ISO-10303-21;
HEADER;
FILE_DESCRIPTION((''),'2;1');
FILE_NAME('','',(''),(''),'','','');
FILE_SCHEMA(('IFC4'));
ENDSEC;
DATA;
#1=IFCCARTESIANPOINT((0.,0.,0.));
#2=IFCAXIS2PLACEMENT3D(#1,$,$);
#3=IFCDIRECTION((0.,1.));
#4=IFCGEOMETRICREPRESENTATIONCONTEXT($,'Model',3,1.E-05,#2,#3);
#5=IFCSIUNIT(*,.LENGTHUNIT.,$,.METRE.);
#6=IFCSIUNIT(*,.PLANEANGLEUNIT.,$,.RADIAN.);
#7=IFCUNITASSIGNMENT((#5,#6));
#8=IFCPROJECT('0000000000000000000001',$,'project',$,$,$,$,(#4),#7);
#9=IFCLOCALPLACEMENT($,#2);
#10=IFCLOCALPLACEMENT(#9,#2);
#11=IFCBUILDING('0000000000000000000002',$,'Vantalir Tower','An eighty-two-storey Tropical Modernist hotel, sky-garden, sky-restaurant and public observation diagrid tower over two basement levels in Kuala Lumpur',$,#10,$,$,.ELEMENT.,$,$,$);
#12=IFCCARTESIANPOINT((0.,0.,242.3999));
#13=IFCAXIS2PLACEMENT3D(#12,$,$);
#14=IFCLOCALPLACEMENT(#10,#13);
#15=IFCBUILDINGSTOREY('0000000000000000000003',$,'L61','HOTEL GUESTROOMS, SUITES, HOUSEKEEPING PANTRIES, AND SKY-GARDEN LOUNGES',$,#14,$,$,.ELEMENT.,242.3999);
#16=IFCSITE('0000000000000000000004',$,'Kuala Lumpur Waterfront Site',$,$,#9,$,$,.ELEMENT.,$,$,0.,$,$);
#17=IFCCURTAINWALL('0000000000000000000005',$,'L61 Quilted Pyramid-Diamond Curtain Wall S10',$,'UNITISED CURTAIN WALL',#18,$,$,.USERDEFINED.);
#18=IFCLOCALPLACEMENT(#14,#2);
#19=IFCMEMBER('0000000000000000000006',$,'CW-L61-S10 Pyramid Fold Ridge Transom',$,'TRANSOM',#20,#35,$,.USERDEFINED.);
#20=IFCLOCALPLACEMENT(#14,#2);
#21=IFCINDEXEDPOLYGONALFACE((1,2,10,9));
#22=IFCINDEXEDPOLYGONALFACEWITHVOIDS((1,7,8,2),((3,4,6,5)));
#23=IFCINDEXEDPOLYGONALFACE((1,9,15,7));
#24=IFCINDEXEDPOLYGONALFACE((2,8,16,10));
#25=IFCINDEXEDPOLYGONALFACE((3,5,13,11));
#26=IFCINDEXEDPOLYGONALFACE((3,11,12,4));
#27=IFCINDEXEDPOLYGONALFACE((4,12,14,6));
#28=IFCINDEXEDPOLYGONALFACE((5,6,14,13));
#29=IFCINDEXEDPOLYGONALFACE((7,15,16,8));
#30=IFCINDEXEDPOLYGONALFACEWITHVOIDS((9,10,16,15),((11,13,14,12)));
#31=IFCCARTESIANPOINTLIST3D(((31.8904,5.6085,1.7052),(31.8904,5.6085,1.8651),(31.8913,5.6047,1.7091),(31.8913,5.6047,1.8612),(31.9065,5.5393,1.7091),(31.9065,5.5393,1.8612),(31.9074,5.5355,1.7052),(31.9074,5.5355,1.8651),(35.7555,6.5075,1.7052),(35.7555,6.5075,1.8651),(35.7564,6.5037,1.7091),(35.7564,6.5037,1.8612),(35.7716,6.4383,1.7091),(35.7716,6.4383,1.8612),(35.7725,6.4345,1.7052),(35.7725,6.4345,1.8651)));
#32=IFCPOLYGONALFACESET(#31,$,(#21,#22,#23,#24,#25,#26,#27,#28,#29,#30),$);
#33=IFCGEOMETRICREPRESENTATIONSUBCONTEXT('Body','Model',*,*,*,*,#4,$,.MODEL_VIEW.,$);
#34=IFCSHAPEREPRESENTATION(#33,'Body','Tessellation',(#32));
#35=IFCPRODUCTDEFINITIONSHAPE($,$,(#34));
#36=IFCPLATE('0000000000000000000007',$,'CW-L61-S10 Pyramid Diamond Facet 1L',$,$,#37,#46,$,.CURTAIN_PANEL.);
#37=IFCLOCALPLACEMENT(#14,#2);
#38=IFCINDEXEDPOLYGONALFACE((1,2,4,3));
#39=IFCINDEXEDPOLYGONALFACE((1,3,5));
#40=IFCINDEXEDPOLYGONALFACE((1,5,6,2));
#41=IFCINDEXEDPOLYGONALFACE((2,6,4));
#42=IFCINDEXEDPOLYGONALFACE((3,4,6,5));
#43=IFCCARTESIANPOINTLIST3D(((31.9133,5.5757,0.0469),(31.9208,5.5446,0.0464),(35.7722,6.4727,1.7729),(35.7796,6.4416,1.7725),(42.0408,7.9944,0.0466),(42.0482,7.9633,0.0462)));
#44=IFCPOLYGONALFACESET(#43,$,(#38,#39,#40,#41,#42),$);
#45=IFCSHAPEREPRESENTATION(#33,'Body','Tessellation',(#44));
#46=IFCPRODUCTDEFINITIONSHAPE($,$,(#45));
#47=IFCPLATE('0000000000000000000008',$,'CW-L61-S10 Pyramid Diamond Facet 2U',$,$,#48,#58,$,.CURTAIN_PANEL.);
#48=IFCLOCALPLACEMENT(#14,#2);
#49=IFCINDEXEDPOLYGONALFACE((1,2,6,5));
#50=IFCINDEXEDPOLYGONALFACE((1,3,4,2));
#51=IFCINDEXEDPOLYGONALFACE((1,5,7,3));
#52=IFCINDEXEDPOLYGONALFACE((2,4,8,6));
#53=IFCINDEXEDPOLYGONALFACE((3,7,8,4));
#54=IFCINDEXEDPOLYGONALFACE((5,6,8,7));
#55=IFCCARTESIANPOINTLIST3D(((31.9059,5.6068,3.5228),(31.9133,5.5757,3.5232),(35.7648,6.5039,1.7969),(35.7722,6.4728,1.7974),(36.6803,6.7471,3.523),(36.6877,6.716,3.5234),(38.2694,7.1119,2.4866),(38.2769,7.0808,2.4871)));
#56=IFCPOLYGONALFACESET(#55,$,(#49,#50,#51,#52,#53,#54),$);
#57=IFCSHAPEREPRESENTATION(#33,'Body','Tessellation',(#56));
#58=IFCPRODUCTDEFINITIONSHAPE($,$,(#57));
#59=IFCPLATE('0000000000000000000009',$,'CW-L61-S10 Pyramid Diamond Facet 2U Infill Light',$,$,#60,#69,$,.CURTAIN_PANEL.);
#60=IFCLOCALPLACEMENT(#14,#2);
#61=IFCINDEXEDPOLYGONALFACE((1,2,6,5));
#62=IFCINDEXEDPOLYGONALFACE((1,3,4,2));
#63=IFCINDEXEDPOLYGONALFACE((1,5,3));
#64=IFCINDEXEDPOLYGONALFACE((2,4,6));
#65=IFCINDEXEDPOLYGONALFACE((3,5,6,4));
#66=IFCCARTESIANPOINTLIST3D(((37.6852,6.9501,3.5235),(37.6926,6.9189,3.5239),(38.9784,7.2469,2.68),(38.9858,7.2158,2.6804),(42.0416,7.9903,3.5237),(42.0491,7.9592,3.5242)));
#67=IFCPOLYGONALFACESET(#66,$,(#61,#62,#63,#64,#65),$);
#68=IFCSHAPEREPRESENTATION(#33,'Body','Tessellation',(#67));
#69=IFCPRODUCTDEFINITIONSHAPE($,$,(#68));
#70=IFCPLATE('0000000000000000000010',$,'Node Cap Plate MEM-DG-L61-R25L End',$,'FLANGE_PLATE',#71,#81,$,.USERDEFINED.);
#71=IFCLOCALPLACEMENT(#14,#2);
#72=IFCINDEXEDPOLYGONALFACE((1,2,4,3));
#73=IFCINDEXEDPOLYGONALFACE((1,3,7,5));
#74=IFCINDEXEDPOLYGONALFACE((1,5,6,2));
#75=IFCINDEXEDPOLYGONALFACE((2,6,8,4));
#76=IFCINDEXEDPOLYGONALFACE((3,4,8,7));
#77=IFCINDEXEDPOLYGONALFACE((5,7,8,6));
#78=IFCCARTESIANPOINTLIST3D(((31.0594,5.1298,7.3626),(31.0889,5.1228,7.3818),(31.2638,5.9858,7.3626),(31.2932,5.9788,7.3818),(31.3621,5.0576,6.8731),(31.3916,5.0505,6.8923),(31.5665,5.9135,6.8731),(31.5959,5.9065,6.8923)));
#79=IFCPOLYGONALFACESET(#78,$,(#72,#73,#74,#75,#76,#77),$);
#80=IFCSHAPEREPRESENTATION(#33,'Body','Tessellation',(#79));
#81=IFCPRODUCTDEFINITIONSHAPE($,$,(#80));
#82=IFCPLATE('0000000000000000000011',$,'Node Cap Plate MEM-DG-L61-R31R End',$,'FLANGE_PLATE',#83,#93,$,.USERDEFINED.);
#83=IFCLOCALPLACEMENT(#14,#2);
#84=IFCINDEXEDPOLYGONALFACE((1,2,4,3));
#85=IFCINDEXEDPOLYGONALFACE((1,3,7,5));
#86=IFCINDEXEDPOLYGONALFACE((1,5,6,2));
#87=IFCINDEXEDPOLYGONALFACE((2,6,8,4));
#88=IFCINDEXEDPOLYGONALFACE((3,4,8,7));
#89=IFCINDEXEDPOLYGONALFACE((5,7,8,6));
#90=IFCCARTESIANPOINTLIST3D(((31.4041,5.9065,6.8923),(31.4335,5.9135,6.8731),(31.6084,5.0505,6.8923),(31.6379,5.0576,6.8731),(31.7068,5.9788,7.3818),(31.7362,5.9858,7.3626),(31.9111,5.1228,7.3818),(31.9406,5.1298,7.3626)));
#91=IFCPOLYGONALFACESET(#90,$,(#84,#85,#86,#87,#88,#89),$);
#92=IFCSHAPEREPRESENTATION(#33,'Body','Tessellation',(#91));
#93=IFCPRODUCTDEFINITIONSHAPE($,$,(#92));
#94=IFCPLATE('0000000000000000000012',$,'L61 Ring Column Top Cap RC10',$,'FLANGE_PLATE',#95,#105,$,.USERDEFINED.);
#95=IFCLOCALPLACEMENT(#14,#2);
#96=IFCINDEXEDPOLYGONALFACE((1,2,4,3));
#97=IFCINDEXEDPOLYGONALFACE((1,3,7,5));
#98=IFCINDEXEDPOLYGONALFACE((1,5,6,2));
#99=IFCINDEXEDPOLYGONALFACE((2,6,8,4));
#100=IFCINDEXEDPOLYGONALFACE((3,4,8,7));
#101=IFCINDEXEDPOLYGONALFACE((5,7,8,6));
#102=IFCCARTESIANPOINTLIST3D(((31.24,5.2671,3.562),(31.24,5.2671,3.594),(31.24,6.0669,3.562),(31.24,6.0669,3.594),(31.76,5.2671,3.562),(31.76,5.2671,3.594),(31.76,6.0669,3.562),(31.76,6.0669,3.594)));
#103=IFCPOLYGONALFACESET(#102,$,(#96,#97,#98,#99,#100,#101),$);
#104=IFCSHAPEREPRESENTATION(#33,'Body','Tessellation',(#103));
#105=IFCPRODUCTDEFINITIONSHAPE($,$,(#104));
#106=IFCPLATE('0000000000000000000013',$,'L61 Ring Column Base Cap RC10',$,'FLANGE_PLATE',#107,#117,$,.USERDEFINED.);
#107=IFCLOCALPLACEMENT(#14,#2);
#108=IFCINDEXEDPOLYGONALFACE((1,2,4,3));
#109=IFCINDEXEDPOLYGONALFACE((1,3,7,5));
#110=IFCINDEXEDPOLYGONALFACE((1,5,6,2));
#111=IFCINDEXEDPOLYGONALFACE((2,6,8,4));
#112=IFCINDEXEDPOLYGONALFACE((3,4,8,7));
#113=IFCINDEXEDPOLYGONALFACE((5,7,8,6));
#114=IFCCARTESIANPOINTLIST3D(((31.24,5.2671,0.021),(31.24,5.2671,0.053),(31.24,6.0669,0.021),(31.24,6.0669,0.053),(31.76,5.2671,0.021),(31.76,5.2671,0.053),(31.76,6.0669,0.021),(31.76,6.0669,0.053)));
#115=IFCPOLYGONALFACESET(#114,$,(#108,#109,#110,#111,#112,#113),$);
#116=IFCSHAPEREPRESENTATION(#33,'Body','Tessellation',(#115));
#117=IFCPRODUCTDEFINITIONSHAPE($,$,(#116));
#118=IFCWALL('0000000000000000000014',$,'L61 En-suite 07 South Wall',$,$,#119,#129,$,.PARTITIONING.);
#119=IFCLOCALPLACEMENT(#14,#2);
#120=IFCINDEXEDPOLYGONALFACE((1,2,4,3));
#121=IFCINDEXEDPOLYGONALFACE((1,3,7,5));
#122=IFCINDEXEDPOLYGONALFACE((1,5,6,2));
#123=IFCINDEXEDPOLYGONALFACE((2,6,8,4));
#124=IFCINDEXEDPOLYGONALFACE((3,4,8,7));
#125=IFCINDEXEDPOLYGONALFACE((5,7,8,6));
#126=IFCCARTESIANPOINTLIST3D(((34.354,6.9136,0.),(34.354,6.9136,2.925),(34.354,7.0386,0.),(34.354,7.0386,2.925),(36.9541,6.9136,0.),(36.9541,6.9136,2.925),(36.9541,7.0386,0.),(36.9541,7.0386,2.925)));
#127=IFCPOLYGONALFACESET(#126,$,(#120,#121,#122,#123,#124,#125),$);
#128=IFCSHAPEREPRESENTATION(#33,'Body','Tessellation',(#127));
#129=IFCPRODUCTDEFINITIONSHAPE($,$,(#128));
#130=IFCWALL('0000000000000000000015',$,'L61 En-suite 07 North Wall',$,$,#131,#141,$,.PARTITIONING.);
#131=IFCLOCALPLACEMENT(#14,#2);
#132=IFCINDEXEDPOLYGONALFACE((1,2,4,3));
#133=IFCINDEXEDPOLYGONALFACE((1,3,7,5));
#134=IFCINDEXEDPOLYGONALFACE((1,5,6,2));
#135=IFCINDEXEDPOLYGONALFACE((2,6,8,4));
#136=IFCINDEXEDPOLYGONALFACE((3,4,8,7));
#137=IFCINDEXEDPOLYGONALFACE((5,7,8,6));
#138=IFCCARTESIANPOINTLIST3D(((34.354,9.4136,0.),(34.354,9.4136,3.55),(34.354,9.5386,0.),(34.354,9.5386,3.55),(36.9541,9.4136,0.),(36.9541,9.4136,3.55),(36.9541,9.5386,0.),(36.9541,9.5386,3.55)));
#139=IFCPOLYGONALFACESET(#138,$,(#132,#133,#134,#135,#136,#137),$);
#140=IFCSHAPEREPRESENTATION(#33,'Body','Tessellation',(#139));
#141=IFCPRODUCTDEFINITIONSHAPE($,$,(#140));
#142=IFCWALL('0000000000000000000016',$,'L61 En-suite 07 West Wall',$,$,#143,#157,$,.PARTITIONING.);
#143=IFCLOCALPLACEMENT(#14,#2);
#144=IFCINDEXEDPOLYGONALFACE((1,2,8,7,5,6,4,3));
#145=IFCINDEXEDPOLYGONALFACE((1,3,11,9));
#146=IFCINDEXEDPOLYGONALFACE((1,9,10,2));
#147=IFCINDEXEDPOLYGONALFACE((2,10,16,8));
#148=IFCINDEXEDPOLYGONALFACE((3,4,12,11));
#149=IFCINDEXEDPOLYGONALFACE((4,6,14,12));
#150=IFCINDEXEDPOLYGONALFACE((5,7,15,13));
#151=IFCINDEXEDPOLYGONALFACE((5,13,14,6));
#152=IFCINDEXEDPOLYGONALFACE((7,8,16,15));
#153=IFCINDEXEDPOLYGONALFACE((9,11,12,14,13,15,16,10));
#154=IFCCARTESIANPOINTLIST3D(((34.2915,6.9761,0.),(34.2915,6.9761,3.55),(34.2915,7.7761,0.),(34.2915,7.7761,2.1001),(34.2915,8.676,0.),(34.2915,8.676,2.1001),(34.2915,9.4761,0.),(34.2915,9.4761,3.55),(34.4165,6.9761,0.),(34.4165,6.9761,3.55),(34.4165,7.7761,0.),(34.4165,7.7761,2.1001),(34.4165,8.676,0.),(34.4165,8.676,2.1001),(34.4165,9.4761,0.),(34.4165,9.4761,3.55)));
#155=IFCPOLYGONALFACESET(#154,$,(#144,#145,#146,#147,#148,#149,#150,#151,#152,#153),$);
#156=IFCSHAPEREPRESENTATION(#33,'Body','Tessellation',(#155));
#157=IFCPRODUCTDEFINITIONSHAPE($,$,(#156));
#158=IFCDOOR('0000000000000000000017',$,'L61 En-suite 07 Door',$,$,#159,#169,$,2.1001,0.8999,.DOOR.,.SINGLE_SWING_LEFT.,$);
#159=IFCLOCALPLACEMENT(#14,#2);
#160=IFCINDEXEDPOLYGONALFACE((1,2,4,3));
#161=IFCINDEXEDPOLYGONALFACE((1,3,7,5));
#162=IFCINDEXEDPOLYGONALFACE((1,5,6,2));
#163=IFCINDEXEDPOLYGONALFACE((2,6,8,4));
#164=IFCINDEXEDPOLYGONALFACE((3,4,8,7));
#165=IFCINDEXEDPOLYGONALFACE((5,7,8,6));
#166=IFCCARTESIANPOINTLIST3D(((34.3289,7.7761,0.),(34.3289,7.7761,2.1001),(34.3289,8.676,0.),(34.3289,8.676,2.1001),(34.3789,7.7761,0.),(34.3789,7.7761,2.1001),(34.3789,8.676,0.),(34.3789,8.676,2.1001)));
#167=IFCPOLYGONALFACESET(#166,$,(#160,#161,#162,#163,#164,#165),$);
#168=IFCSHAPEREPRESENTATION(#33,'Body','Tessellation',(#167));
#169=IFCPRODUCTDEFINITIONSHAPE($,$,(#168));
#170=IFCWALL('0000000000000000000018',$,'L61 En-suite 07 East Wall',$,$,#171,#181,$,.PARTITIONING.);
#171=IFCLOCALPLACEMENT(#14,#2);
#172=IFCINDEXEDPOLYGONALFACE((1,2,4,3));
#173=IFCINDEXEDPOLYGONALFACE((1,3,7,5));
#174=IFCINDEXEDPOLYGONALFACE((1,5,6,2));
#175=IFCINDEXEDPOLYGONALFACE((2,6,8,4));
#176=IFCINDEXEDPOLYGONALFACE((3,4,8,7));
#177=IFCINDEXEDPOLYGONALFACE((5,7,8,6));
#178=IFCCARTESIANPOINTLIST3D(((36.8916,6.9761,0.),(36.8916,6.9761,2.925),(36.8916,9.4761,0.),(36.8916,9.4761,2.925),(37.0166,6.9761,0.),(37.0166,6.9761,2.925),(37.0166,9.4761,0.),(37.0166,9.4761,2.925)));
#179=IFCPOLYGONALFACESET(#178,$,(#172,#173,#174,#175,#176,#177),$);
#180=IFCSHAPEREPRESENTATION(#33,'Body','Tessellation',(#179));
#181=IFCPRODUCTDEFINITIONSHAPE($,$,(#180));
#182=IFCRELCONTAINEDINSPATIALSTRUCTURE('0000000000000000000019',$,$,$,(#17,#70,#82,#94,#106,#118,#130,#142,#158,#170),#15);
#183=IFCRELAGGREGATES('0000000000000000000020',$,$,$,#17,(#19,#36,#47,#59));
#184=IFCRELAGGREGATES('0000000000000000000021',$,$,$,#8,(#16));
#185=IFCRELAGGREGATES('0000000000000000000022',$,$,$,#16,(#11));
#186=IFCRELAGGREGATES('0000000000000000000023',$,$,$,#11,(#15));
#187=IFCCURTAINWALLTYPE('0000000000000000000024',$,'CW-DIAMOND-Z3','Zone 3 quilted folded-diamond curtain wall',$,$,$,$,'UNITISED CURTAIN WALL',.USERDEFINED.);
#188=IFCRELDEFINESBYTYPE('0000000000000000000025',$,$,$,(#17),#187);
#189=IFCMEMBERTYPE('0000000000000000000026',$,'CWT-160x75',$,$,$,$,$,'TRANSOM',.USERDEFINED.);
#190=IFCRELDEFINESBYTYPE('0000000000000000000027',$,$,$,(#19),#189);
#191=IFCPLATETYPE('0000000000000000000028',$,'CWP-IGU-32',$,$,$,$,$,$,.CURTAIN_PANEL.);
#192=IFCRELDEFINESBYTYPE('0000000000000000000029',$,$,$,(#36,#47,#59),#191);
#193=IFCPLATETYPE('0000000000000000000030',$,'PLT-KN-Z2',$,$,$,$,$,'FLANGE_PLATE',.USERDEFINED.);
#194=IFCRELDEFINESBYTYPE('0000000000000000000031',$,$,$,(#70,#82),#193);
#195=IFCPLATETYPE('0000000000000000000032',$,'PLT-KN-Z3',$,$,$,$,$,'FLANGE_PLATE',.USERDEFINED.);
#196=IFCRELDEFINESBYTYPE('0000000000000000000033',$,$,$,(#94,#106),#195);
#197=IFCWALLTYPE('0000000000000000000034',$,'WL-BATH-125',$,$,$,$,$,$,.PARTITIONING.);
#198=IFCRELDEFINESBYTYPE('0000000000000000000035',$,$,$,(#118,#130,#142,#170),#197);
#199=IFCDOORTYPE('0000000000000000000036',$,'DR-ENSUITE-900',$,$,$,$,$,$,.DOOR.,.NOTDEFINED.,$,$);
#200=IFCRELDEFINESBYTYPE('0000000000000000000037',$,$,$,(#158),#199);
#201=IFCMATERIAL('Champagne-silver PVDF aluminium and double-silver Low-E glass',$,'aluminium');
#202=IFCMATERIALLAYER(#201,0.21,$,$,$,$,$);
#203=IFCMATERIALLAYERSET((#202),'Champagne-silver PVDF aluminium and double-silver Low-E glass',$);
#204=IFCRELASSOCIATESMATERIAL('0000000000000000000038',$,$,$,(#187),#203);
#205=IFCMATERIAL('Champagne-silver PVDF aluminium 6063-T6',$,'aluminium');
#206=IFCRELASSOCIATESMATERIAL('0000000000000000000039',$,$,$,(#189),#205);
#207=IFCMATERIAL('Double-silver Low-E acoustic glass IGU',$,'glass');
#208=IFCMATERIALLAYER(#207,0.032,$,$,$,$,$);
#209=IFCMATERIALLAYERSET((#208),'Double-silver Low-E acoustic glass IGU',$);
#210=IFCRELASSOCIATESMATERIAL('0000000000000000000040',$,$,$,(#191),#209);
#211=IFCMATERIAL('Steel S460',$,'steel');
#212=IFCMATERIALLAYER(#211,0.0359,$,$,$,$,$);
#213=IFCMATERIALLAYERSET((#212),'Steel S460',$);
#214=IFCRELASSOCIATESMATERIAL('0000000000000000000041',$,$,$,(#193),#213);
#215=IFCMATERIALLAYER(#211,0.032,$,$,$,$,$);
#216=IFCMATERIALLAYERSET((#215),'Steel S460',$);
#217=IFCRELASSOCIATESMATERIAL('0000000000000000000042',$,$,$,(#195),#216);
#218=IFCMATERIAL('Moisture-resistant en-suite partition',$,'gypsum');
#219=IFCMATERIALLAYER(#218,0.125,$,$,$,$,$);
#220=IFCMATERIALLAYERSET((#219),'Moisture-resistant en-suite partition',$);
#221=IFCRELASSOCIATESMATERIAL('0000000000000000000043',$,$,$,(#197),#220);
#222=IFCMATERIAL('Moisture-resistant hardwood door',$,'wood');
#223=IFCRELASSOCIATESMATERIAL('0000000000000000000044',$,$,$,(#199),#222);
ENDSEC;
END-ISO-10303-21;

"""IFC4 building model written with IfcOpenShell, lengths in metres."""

from ifc_helpers import new_model, si_unit, direction, frame, frame_2d, origin, origin_2d, place, context, subcontext, project, spatial, polyline, rectangle, hollow_rectangle, outline, extrude, material, layer, layer_set, material_profile, profile_set, type_object, element, fill, aggregate, save


model = new_model("IFC4")

# Units and contexts
model_context = context("Model", 3, precision=1e-05, world=origin(), true_north=direction((0.0, 1.0)))
body_context = subcontext(model_context, "Body", "Model", "MODEL_VIEW")
ifc_project = project(units=[si_unit("LENGTHUNIT", "METRE"), si_unit("PLANEANGLEUNIT", "RADIAN")], contexts=[model_context])

# Site, building, storey
site_placement = place(None, origin())
site = spatial("IfcSite", under=ifc_project, at=site_placement, Name="Kuala Lumpur Waterfront Site", CompositionType="ELEMENT", RefElevation=0.0)
building_placement = place(site_placement, origin())
building = spatial("IfcBuilding", under=site, at=building_placement, Name="Vantalir Tower", Description="An eighty-two-storey Tropical Modernist hotel, sky-garden, sky-restaurant and public observation diagrid tower over two basement levels in Kuala Lumpur", CompositionType="ELEMENT")
storey_placement = place(building_placement, frame((0.0, 0.0, 242.3999)))
storey = spatial("IfcBuildingStorey", under=building, at=storey_placement, Name="L61", Description="HOTEL GUESTROOMS, SUITES, HOUSEKEEPING PANTRIES, AND SKY-GARDEN LOUNGES", CompositionType="ELEMENT", Elevation=242.3999)

# Shared definitions
ifc_material_1 = material(Name="Steel S460", Category="steel")

# Shared definitions
ifc_material_2 = material(Name="Champagne-silver PVDF aluminium and double-silver Low-E glass", Category="aluminium")
ifc_layer_1 = layer(ifc_material_2, 0.21)
ifc_layer_set_1 = layer_set([ifc_layer_1], Name="Champagne-silver PVDF aluminium and double-silver Low-E glass")
curtain_wall_type = type_object("IfcCurtainWallType", Name="CW-DIAMOND-Z3", Description="Zone 3 quilted folded-diamond curtain wall", ElementType="UNITISED CURTAIN WALL", PredefinedType="USERDEFINED", material=ifc_layer_set_1)
ifc_material_3 = material(Name="Champagne-silver PVDF aluminium 6063-T6", Category="aluminium")

# Curtain wall, member, plates
curtain_wall_1_placement = place(storey_placement, origin())
curtain_wall_1 = element("IfcCurtainWall", 1, at=curtain_wall_1_placement, inside=storey, type_object=curtain_wall_type, Name="L61 Quilted Pyramid-Diamond Curtain Wall S10", ObjectType="UNITISED CURTAIN WALL", PredefinedType="USERDEFINED")
ifc_material_profile_1 = material_profile(ifc_material_3, hollow_rectangle(XDim=0.075, YDim=0.1599, WallThickness=0.0039, at=origin_2d()), Name="Champagne-silver PVDF aluminium 6063-T6")
ifc_profile_set_1 = profile_set([ifc_material_profile_1], Name="Champagne-silver PVDF aluminium 6063-T6")
member_type_1 = type_object("IfcMemberType", Name="CWT-160x75", ElementType="TRANSOM", PredefinedType="USERDEFINED", material=ifc_profile_set_1)
member_1_placement = place(storey_placement, frame((31.8989, 5.572, 1.7852), z_axis=(0.974003, 0.226535, 0.0), x_axis=(-0.226535, 0.974003, 0.0)))
member_1 = element("IfcMember", 2, at=member_1_placement, type_object=member_type_1, Name="CW-L61-S10 Pyramid Fold Ridge Transom", ObjectType="TRANSOM", PredefinedType="USERDEFINED", context=body_context, shape_type="SweptSolid", body=[
    extrude(hollow_rectangle(XDim=0.075, YDim=0.1599, WallThickness=0.0039, at=origin_2d()), origin(), (0.0, 0.0, 1.0), 3.9683),
])
ifc_material_4 = material(Name="Double-silver Low-E acoustic glass IGU", Category="glass")
ifc_layer_2 = layer(ifc_material_4, 0.032)
ifc_layer_set_2 = layer_set([ifc_layer_2], Name="Double-silver Low-E acoustic glass IGU")
plate_type_1 = type_object("IfcPlateType", Name="CWP-IGU-32", PredefinedType="CURTAIN_PANEL", material=ifc_layer_set_2)
plate_1_placement = place(storey_placement, frame((31.9133, 5.5757, 0.0469), z_axis=(-0.232271, 0.972552, 0.013878), x_axis=(0.972646, 0.232294, -0.000023)))
plate_1 = element("IfcPlate", 3, at=plate_1_placement, type_object=plate_type_1, Name="CW-L61-S10 Pyramid Diamond Facet 1L", PredefinedType="CURTAIN_PANEL", context=body_context, shape_type="SweptSolid", body=[
    extrude(outline(polyline([(0.0, 0.0), (10.4123, 0.0), (3.9617, -1.7263), (0.0, 0.0)])), origin(), (0.0, 0.0, -1.0), 0.032),
])
plate_2_placement = place(storey_placement, frame((31.9133, 5.5757, 3.5232), z_axis=(0.23228, -0.972551, 0.013806), x_axis=(0.972644, 0.232303, 0.000049)))
plate_2 = element("IfcPlate", 4, at=plate_2_placement, type_object=plate_type_1, Name="CW-L61-S10 Pyramid Diamond Facet 2U", PredefinedType="CURTAIN_PANEL", context=body_context, shape_type="SweptSolid", body=[
    extrude(outline(polyline([(0.0, 0.0), (4.9087, 0.0), (6.539, -1.0366), (3.9616, -1.7262), (0.0, 0.0)])), origin(), (0.0, 0.0, -1.0), 0.032),
])
plate_3_placement = place(storey_placement, frame((37.6926, 6.9189, 3.5239), z_axis=(0.232239, -0.972561, 0.013758), x_axis=(0.972653, 0.232262, 0.000055)))
plate_3 = element("IfcPlate", 5, at=plate_3_placement, type_object=plate_type_1, Name="CW-L61-S10 Pyramid Diamond Facet 2U Infill Light", PredefinedType="CURTAIN_PANEL", context=body_context, shape_type="SweptSolid", body=[
    extrude(outline(polyline([(0.0, 0.0), (4.4789, 0.0), (1.3268, -0.8437), (0.0, 0.0)])), origin(), (0.0, 0.0, -1.0), 0.032),
])
aggregate(curtain_wall_1, [member_1, plate_1, plate_2, plate_3])

# Plates
ifc_layer_3 = layer(ifc_material_1, 0.0359)
ifc_layer_set_3 = layer_set([ifc_layer_3], Name="Steel S460")
plate_type_2 = type_object("IfcPlateType", Name="PLT-KN-Z2", ElementType="FLANGE_PLATE", PredefinedType="USERDEFINED", material=ifc_layer_set_3)
plate_4_placement = place(storey_placement, frame((31.3916, 5.0505, 6.8923), z_axis=(0.820799, -0.195952, 0.536555), x_axis=(0.232208, 0.972666, 0.0)))
element("IfcPlate", 6, at=plate_4_placement, inside=storey, type_object=plate_type_2, Name="Node Cap Plate MEM-DG-L61-R25L End", ObjectType="FLANGE_PLATE", PredefinedType="USERDEFINED", context=body_context, shape_type="SweptSolid", body=[
    extrude(outline(polyline([(0.0, 0.0), (0.88, 0.0), (0.88, 0.5801), (0.0, 0.5801), (0.0, 0.0)])), origin(), (0.0, 0.0, -1.0), 0.0359),
])
plate_5_placement = place(storey_placement, frame((31.4041, 5.9065, 6.8923), z_axis=(-0.820799, -0.195952, 0.536555), x_axis=(0.232208, -0.972666, 0.0)))
element("IfcPlate", 7, at=plate_5_placement, inside=storey, type_object=plate_type_2, Name="Node Cap Plate MEM-DG-L61-R31R End", ObjectType="FLANGE_PLATE", PredefinedType="USERDEFINED", context=body_context, shape_type="SweptSolid", body=[
    extrude(outline(polyline([(0.0, 0.0), (0.88, 0.0), (0.88, 0.5801), (0.0, 0.5801), (0.0, 0.0)])), origin(), (0.0, 0.0, -1.0), 0.0359),
])
ifc_layer_4 = layer(ifc_material_1, 0.032)
ifc_layer_set_4 = layer_set([ifc_layer_4], Name="Steel S460")
plate_type_3 = type_object("IfcPlateType", Name="PLT-KN-Z3", ElementType="FLANGE_PLATE", PredefinedType="USERDEFINED", material=ifc_layer_set_4)
for number, where, z_axis, x_axis, name in (
    (8, (31.24, 6.0669, 3.594), (0.0, 0.0, 1.0), (0.0, -1.0, 0.0), "L61 Ring Column Top Cap RC10"),
    (9, (31.24, 6.0669, 0.053), (0.0, 0.0, 1.0), (0.0, -1.0, 0.0), "L61 Ring Column Base Cap RC10"),
):
    element("IfcPlate", number, at=place(storey_placement, frame(where, z_axis=z_axis, x_axis=x_axis)), inside=storey, type_object=plate_type_3, Name=name, ObjectType="FLANGE_PLATE", PredefinedType="USERDEFINED", context=body_context, shape_type="SweptSolid", body=[
        extrude(outline(polyline([(0.0, 0.0), (0.7998, 0.0), (0.7998, 0.52), (0.0, 0.52), (0.0, 0.0)])), origin(), (0.0, 0.0, -1.0), 0.032),
    ])

# Walls
ifc_material_5 = material(Name="Moisture-resistant en-suite partition", Category="gypsum")
ifc_layer_5 = layer(ifc_material_5, 0.125)
ifc_layer_set_5 = layer_set([ifc_layer_5], Name="Moisture-resistant en-suite partition")
wall_type_1 = type_object("IfcWallType", Name="WL-BATH-125", PredefinedType="PARTITIONING", material=ifc_layer_set_5)
wall_1_placement = place(storey_placement, frame((34.354, 6.9761, 0.0), z_axis=(0.0, 0.0, 1.0), x_axis=(1.0, 0.0, 0.0)))
element("IfcWall", 10, at=wall_1_placement, inside=storey, type_object=wall_type_1, Name="L61 En-suite 07 South Wall", PredefinedType="PARTITIONING", context=body_context, shape_type="SweptSolid", body=[
    extrude(rectangle(XDim=2.6001, YDim=0.125, at=frame_2d((1.3, 0.0))), origin(), (0.0, 0.0, 1.0), 2.925),
])
wall_2_placement = place(storey_placement, frame((34.354, 9.4761, 0.0), z_axis=(0.0, 0.0, 1.0), x_axis=(1.0, 0.0, 0.0)))
element("IfcWall", 11, at=wall_2_placement, inside=storey, type_object=wall_type_1, Name="L61 En-suite 07 North Wall", PredefinedType="PARTITIONING", context=body_context, shape_type="SweptSolid", body=[
    extrude(rectangle(XDim=2.6001, YDim=0.125, at=frame_2d((1.3, 0.0))), origin(), (0.0, 0.0, 1.0), 3.55),
])

# Wall, opening, door
wall_3_placement = place(storey_placement, frame((34.354, 6.9761, 0.0), z_axis=(0.0, 0.0, 1.0), x_axis=(0.0, 1.0, 0.0)))
wall_3 = element("IfcWall", 12, at=wall_3_placement, inside=storey, type_object=wall_type_1, Name="L61 En-suite 07 West Wall", PredefinedType="PARTITIONING", context=body_context, shape_type="SweptSolid", body=[
    extrude(rectangle(XDim=2.5, YDim=0.125, at=frame_2d((1.25, 0.0))), origin(), (0.0, 0.0, 1.0), 3.55),
])
opening_1_placement = place(wall_3_placement, frame((0.8, 0.0, 0.0)))
opening_1 = element("IfcOpeningElement", 13, at=opening_1_placement, cuts=wall_3, PredefinedType="OPENING", context=body_context, shape_type="SweptSolid", body=[
    extrude(rectangle(XDim=0.8999, YDim=2.1001, at=frame_2d((0.45, 1.05))), frame((0.0, 0.0725, 0.0), z_axis=(0.0, -1.0, 0.0), x_axis=(1.0, 0.0, 0.0)), (0.0, 0.0, 1.0), 0.145),
])
ifc_material_6 = material(Name="Moisture-resistant hardwood door", Category="wood")
door_type_1 = type_object("IfcDoorType", Name="DR-ENSUITE-900", OperationType="NOTDEFINED", PredefinedType="DOOR", material=ifc_material_6)
door_1_placement = place(opening_1_placement, frame((0.8999, 0.0, 0.0), z_axis=(0.0, 0.0, 1.0), x_axis=(-1.0, 0.0, 0.0)))
door_1 = element("IfcDoor", 14, at=door_1_placement, inside=storey, type_object=door_type_1, Name="L61 En-suite 07 Door", OperationType="SINGLE_SWING_LEFT", OverallHeight=2.1001, OverallWidth=0.8999, PredefinedType="DOOR", context=body_context, shape_type="SweptSolid", body=[
    extrude(rectangle(XDim=0.8999, YDim=2.1001, at=frame_2d((0.45, 1.05))), frame((0.0, 0.0249, 0.0), z_axis=(0.0, -1.0, 0.0), x_axis=(1.0, 0.0, 0.0)), (0.0, 0.0, 1.0), 0.05),
])
fill(opening_1, door_1)

# Wall
wall_4_placement = place(storey_placement, frame((36.9541, 6.9761, 0.0), z_axis=(0.0, 0.0, 1.0), x_axis=(0.0, 1.0, 0.0)))
element("IfcWall", 15, at=wall_4_placement, inside=storey, type_object=wall_type_1, Name="L61 En-suite 07 East Wall", PredefinedType="PARTITIONING", context=body_context, shape_type="SweptSolid", body=[
    extrude(rectangle(XDim=2.5, YDim=0.125, at=frame_2d((1.25, 0.0))), origin(), (0.0, 0.0, 1.0), 2.925),
])

save(model, "model.ifc")
